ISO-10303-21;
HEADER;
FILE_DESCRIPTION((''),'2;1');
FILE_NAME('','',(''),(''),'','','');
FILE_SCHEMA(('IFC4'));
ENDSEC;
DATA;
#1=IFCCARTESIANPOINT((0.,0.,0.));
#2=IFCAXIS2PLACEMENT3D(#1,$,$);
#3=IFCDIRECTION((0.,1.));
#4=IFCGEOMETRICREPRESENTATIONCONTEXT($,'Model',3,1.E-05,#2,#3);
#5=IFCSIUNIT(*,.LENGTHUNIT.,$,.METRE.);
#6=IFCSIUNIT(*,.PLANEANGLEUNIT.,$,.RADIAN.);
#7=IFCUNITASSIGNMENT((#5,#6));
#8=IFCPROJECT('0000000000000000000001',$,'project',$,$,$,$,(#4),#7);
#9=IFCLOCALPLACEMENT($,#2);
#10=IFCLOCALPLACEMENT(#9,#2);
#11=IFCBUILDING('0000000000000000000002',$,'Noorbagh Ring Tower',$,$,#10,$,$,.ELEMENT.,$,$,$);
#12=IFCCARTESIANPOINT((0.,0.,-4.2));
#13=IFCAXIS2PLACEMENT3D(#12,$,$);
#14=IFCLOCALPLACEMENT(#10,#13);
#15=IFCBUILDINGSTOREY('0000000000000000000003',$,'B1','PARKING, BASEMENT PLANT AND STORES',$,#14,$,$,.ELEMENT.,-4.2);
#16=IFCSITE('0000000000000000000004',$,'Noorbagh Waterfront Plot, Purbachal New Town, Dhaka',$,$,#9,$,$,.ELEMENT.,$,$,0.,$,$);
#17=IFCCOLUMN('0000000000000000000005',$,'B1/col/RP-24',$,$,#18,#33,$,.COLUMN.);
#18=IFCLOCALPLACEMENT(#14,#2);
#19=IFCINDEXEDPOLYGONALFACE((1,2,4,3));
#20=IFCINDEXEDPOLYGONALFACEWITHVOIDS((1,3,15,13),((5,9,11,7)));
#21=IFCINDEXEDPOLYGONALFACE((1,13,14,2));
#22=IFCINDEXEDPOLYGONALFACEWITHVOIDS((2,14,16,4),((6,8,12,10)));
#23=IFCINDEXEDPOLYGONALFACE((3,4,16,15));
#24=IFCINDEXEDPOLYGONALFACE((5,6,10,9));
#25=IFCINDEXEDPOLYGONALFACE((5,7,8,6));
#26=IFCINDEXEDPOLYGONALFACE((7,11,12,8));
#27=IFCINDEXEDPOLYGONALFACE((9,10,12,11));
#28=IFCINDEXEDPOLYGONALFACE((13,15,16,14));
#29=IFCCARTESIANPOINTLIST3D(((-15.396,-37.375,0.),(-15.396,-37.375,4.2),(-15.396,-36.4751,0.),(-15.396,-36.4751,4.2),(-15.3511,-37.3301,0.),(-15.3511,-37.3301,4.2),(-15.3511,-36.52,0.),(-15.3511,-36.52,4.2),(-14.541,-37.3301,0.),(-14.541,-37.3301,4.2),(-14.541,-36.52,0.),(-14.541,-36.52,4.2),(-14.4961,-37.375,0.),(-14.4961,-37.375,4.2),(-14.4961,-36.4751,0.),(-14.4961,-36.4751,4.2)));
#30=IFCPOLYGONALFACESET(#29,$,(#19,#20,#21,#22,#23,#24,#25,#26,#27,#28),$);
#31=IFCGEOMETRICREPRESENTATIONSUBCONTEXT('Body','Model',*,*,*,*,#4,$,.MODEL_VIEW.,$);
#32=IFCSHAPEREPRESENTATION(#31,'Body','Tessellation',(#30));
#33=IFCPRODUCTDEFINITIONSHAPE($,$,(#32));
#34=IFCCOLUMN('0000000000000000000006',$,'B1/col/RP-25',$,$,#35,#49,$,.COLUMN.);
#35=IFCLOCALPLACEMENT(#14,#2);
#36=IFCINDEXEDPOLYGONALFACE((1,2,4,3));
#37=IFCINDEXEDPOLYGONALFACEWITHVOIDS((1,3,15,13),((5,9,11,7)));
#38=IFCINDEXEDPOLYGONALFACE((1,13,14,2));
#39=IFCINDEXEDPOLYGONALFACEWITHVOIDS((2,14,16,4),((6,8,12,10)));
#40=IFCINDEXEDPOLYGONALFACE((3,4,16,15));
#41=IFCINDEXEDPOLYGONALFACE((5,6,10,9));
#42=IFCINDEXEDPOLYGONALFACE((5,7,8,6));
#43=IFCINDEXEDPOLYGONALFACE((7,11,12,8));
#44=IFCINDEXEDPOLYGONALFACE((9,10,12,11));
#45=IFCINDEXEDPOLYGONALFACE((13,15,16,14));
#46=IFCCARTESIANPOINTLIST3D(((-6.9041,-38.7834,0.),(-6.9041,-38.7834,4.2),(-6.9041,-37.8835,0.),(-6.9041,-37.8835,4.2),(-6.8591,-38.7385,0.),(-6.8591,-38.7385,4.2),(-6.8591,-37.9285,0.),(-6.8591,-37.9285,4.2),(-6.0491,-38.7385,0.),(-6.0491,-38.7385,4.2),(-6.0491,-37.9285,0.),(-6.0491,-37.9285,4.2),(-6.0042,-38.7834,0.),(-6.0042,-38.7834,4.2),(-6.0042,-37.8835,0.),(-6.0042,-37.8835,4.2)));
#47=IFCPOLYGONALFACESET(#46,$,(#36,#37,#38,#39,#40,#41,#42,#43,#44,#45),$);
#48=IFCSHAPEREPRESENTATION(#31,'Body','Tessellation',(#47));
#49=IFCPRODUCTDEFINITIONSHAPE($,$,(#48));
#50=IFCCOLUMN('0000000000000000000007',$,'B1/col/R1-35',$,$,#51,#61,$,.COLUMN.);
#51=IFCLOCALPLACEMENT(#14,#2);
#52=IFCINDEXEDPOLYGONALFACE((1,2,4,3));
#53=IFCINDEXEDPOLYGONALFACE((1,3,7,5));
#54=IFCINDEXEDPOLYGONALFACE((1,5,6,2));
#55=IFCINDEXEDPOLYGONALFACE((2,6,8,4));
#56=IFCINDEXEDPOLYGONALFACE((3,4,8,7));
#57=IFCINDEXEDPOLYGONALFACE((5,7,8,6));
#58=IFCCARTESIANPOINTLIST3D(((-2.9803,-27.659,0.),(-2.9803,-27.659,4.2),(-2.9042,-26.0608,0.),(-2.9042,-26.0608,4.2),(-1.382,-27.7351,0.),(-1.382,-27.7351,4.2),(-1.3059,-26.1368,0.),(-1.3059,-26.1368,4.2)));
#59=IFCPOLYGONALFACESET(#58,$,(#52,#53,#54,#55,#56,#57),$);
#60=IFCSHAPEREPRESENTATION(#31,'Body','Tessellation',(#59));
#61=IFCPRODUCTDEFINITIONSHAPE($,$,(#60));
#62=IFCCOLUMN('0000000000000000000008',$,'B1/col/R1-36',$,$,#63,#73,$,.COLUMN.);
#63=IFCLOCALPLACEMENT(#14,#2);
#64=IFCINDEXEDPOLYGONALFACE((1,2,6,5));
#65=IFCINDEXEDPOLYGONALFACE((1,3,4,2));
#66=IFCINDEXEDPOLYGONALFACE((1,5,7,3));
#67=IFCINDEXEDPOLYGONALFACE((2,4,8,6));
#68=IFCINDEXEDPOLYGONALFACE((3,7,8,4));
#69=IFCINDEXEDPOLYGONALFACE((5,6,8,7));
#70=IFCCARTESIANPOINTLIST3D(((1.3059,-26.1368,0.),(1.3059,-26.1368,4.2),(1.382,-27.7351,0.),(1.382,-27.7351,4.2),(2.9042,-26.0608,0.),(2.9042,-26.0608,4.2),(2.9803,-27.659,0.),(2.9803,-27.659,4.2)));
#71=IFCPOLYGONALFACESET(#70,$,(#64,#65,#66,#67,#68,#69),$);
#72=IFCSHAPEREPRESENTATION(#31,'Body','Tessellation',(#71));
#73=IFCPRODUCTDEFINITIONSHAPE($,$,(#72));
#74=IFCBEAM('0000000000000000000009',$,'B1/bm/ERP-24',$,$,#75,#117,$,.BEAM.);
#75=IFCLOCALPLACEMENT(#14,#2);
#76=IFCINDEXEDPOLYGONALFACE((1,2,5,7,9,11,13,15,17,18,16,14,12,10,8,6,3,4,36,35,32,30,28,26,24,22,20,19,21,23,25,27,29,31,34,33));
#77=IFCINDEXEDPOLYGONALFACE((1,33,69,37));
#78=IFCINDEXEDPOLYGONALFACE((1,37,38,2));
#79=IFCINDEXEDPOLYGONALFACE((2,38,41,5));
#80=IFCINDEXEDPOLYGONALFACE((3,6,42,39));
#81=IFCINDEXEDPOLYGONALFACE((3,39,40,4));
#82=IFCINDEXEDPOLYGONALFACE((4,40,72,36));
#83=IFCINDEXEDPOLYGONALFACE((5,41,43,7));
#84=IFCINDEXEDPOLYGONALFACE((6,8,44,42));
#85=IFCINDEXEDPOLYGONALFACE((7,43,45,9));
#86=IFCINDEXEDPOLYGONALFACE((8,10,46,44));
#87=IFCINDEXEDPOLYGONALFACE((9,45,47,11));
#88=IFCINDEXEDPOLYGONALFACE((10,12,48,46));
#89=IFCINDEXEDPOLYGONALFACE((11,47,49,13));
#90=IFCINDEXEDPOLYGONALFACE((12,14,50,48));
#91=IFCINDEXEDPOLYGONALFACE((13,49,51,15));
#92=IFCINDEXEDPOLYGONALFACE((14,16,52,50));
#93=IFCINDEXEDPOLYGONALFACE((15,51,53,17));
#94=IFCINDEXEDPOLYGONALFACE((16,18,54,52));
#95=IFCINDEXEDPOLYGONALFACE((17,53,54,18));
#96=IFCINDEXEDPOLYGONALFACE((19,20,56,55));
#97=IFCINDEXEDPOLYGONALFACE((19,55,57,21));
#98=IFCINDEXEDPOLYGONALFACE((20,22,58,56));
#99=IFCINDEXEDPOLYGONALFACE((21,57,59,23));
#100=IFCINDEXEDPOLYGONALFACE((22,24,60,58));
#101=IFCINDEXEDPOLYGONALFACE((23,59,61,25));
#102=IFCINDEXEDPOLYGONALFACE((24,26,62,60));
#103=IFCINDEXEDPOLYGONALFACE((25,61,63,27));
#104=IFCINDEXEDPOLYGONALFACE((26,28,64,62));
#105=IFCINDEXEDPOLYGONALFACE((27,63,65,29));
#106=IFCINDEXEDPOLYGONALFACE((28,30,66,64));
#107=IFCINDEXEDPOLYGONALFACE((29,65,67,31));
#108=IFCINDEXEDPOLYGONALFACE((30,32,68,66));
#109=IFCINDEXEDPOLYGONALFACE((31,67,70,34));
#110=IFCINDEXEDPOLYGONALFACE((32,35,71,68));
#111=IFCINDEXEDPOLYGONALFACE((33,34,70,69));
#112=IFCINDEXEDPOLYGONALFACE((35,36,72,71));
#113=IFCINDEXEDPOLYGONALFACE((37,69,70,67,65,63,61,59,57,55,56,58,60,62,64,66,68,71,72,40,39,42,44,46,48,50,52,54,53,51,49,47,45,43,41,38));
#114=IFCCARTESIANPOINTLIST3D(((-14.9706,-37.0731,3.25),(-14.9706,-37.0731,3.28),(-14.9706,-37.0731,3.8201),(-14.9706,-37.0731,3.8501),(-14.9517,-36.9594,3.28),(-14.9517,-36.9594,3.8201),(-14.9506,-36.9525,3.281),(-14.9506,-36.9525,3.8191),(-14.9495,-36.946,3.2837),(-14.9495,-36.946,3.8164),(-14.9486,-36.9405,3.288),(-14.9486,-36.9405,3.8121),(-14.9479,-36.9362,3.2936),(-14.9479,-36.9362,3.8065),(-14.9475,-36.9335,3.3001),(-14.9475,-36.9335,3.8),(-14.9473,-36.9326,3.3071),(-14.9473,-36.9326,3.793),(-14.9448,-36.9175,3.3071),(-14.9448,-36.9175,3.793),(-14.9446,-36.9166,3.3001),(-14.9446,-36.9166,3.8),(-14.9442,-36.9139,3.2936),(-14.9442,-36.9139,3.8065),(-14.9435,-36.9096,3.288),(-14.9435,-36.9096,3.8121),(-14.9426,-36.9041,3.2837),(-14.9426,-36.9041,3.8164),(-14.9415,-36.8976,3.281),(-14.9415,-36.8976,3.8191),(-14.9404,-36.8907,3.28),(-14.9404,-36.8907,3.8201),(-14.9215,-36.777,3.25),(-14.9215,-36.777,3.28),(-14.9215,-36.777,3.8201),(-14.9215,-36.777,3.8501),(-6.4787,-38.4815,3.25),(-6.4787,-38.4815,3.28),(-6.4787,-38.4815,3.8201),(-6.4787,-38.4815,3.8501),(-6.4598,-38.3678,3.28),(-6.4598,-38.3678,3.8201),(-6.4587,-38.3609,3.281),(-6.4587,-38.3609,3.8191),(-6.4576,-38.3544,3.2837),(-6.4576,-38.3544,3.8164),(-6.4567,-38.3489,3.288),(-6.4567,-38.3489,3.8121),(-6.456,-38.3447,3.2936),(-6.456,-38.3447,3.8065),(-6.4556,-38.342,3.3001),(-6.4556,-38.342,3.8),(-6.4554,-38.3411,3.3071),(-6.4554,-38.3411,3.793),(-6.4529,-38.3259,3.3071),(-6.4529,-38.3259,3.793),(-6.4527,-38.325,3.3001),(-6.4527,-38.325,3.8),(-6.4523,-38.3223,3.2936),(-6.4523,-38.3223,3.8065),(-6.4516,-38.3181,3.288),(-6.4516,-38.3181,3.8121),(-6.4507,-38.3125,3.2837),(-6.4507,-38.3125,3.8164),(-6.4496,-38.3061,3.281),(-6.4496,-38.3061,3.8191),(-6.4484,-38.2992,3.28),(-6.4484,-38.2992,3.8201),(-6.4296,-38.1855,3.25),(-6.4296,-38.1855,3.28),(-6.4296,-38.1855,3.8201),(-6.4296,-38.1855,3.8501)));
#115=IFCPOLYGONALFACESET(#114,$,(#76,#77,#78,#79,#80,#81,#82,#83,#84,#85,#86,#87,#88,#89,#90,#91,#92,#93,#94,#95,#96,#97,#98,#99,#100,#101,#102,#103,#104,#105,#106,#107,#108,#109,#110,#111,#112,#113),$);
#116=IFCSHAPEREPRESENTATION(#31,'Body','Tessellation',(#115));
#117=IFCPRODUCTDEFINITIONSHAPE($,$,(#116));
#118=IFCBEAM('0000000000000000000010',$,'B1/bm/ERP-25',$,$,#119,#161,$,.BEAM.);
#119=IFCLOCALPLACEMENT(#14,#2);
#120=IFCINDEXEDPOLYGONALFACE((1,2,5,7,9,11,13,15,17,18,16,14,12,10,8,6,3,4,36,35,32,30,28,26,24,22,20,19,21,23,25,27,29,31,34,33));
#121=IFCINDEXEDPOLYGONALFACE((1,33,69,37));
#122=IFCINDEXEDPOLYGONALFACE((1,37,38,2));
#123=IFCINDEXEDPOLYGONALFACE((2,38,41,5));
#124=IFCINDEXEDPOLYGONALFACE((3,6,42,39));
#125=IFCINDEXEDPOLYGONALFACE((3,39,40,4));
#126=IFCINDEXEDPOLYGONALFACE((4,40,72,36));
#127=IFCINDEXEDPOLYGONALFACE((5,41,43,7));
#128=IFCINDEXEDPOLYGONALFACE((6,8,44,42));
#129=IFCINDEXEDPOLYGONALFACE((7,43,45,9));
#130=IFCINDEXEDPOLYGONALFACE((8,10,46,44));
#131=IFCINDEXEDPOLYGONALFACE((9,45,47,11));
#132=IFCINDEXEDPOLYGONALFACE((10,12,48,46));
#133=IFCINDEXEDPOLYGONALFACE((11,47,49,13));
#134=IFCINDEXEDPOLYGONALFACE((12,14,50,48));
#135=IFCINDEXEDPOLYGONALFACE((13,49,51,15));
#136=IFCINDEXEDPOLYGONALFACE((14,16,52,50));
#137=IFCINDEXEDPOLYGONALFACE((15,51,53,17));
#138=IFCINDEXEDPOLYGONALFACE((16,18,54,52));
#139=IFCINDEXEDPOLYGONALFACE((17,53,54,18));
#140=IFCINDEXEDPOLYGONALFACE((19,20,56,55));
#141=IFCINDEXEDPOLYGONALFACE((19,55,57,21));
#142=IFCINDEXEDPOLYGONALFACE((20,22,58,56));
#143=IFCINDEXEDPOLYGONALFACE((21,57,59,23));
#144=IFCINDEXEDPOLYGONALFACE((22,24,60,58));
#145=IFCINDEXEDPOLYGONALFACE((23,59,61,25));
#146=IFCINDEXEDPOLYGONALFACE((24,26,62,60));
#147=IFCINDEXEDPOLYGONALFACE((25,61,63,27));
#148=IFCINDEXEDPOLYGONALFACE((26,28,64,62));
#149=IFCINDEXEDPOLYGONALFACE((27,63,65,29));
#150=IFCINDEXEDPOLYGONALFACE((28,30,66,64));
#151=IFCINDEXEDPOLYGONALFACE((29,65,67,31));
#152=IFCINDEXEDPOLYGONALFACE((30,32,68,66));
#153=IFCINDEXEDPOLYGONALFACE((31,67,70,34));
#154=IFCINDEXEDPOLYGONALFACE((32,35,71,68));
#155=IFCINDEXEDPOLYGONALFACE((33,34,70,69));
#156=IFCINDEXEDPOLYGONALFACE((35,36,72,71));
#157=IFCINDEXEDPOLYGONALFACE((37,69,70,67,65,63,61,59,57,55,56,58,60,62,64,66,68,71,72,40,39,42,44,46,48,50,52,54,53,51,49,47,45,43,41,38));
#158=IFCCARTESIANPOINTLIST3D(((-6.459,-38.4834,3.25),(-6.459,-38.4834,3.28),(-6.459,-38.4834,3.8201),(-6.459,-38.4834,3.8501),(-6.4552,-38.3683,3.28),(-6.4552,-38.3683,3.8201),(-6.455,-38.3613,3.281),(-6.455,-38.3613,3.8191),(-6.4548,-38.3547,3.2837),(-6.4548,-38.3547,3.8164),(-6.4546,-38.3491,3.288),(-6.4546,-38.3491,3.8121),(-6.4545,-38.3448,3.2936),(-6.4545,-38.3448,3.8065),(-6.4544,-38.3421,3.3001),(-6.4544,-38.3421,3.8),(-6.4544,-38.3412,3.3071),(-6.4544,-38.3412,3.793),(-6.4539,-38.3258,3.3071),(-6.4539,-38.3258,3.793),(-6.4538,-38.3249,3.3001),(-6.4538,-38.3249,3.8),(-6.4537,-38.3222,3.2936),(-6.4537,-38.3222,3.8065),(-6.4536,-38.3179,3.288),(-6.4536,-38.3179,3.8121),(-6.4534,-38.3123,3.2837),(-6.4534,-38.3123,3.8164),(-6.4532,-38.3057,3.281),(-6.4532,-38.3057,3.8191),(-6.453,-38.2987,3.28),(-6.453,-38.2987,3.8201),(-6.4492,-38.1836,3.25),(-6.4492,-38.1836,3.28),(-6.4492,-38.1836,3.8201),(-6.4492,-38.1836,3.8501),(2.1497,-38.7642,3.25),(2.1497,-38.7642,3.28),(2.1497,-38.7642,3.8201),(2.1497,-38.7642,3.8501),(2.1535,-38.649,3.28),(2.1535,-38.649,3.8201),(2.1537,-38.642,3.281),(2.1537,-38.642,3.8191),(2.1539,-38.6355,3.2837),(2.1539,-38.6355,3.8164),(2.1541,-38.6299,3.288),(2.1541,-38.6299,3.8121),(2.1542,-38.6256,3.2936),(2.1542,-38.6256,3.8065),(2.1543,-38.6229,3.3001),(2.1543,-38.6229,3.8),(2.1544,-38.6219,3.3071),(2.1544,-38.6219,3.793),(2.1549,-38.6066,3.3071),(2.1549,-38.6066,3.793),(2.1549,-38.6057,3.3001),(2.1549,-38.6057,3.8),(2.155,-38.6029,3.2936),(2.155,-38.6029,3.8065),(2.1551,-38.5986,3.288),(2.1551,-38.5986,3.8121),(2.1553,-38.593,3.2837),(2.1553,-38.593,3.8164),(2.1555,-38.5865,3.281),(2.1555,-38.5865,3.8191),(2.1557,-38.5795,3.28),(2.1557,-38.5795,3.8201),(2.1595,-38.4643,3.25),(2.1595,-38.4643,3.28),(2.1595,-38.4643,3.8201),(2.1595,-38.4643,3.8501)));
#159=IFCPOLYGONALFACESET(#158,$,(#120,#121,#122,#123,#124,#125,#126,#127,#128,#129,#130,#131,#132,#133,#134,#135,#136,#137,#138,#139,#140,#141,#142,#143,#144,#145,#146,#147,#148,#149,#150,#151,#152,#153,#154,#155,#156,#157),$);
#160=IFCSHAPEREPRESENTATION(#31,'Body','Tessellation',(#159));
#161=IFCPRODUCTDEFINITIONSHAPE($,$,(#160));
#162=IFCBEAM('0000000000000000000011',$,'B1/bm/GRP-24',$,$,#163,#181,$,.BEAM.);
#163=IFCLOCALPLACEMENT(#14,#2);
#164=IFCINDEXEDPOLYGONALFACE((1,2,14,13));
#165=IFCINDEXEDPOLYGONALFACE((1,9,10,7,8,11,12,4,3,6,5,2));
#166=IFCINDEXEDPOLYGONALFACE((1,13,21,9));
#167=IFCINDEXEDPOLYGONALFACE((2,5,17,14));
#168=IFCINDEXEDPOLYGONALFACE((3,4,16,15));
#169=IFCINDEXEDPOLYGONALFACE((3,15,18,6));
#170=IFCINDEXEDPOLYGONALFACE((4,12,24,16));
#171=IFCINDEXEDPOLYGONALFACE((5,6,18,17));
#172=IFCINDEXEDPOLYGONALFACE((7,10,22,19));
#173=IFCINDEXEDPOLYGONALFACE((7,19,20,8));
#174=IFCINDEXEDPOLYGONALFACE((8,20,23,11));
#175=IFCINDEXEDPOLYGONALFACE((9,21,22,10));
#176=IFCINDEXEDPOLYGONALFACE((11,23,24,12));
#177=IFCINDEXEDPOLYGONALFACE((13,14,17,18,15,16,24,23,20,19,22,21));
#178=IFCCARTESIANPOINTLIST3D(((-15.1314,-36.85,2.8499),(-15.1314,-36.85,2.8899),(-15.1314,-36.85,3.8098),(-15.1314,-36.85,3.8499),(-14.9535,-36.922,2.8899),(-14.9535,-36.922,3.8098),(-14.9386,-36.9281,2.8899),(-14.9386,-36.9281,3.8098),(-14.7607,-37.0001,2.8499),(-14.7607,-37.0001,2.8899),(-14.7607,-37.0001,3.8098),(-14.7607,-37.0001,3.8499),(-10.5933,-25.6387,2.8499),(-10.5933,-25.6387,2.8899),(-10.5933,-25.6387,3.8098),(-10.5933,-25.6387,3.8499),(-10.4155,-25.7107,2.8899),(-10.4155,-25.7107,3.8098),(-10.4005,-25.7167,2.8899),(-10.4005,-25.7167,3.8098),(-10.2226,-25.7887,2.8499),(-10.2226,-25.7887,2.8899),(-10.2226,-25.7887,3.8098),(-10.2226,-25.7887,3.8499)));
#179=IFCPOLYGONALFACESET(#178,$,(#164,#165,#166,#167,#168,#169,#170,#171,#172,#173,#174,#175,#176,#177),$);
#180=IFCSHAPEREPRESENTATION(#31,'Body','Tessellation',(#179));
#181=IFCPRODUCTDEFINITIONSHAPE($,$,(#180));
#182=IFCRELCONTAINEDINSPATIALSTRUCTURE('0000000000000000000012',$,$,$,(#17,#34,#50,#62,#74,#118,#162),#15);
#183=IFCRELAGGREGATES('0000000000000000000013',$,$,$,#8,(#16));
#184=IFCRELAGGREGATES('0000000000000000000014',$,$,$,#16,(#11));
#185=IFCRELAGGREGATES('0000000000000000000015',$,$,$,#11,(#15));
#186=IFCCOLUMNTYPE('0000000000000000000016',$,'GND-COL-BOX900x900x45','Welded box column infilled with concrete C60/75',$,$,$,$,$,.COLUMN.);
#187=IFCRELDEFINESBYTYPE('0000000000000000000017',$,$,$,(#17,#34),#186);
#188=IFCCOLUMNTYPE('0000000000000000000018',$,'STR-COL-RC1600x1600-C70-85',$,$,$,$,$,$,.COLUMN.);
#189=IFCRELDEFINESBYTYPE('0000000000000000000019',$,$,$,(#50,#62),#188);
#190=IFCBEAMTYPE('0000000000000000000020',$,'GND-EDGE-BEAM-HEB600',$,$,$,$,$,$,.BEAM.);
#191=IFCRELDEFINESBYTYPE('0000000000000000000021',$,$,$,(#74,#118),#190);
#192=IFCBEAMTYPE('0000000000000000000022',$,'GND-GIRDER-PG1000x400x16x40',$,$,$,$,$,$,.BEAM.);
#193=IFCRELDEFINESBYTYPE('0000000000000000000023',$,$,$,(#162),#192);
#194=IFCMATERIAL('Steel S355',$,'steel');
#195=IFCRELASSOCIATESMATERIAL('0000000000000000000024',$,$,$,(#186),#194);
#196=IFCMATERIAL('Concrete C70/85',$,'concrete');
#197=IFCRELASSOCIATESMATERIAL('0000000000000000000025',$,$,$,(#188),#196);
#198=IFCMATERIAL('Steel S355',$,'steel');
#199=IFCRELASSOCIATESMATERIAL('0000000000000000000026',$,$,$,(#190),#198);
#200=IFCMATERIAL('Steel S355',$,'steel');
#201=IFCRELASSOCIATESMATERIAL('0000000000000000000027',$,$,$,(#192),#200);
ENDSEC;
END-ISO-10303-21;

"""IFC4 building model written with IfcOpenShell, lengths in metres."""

from ifc_helpers import new_model, si_unit, direction, frame, origin, origin_2d, place, context, subcontext, project, spatial, rectangle, hollow_rectangle, i_section, extrude, material, material_profile, profile_set, type_object, element, save


model = new_model("IFC4")

# Units and contexts
model_context = context("Model", 3, precision=1e-05, world=origin(), true_north=direction((0.0, 1.0)))
body_context = subcontext(model_context, "Body", "Model", "MODEL_VIEW")
ifc_project = project(units=[si_unit("LENGTHUNIT", "METRE"), si_unit("PLANEANGLEUNIT", "RADIAN")], contexts=[model_context])

# Site, building, storey
site_placement = place(None, origin())
site = spatial("IfcSite", under=ifc_project, at=site_placement, Name="Noorbagh Waterfront Plot, Purbachal New Town, Dhaka", CompositionType="ELEMENT", RefElevation=0.0)
building_placement = place(site_placement, origin())
building = spatial("IfcBuilding", under=site, at=building_placement, Name="Noorbagh Ring Tower", CompositionType="ELEMENT")
storey_placement = place(building_placement, frame((0.0, 0.0, -4.2)))
storey = spatial("IfcBuildingStorey", under=building, at=storey_placement, Name="B1", Description="PARKING, BASEMENT PLANT AND STORES", CompositionType="ELEMENT", Elevation=-4.2)

# Columns
ifc_material_1 = material(Name="Steel S355", Category="steel")
ifc_material_profile_1 = material_profile(ifc_material_1, hollow_rectangle(XDim=0.8999, YDim=0.8999, WallThickness=0.0449, at=origin_2d()), Name="BOX900x900x45")
ifc_profile_set_1 = profile_set([ifc_material_profile_1], Name="Steel S355")
column_type_1 = type_object("IfcColumnType", Name="GND-COL-BOX900x900x45", Description="Welded box column infilled with concrete C60/75", PredefinedType="COLUMN", material=ifc_profile_set_1)
for number, where, z_axis, x_axis, name in (
    (1, (-14.946, -36.925, 0.0), (0.0, 0.0, 1.0), (1.0, 0.0, 0.0), "B1/col/RP-24"),
    (2, (-6.4541, -38.3335, 0.0), (0.0, 0.0, 1.0), (1.0, 0.0, 0.0), "B1/col/RP-25"),
):
    element("IfcColumn", number, at=place(storey_placement, frame(where, z_axis=z_axis, x_axis=x_axis)), inside=storey, type_object=column_type_1, Name=name, PredefinedType="COLUMN", context=body_context, shape_type="SweptSolid", body=[
        extrude(hollow_rectangle(XDim=0.8999, YDim=0.8999, WallThickness=0.0449, at=origin_2d()), origin(), (0.0, 0.0, 1.0), 4.2),
    ])
ifc_material_2 = material(Name="Concrete C70/85", Category="concrete")
ifc_material_profile_2 = material_profile(ifc_material_2, rectangle(XDim=1.6001, YDim=1.6001, at=origin_2d()), Name="RC1600x1600")
ifc_profile_set_2 = profile_set([ifc_material_profile_2], Name="Concrete C70/85")
column_type_2 = type_object("IfcColumnType", Name="STR-COL-RC1600x1600-C70-85", PredefinedType="COLUMN", material=ifc_profile_set_2)
for number, where, z_axis, x_axis, name in (
    (3, (-2.1431, -26.8979, 0.0), (0.0, 0.0, 1.0), (0.998869, -0.047553, 0.0), "B1/col/R1-35"),
    (4, (2.1431, -26.8979, 0.0), (0.0, 0.0, 1.0), (0.998869, 0.047553, 0.0), "B1/col/R1-36"),
):
    element("IfcColumn", number, at=place(storey_placement, frame(where, z_axis=z_axis, x_axis=x_axis)), inside=storey, type_object=column_type_2, Name=name, PredefinedType="COLUMN", context=body_context, shape_type="SweptSolid", body=[
        extrude(rectangle(XDim=1.6001, YDim=1.6001, at=origin_2d()), origin(), (0.0, 0.0, 1.0), 4.2),
    ])

# Beams
ifc_material_3 = material(Name="Steel S355", Category="steel")
ifc_material_profile_3 = material_profile(ifc_material_3, i_section(OverallWidth=0.3, OverallDepth=0.6001, WebThickness=0.0154, FlangeThickness=0.03, FilletRadius=0.0271, at=origin_2d()), Name="HEB600")
ifc_profile_set_3 = profile_set([ifc_material_profile_3], Name="Steel S355")
beam_type_1 = type_object("IfcBeamType", Name="GND-EDGE-BEAM-HEB600", PredefinedType="BEAM", material=ifc_profile_set_3)
beam_1_placement = place(storey_placement, frame((-14.946, -36.925, 3.55), z_axis=(0.986523, -0.163622, 0.0), x_axis=(0.163622, 0.986523, 0.0)))
element("IfcBeam", 5, at=beam_1_placement, inside=storey, type_object=beam_type_1, Name="B1/bm/ERP-24", PredefinedType="BEAM", context=body_context, shape_type="SweptSolid", body=[
    extrude(i_section(OverallWidth=0.3, OverallDepth=0.6001, WebThickness=0.0154, FlangeThickness=0.03, FilletRadius=0.0271, at=origin_2d()), origin(), (0.0, 0.0, 1.0), 8.6079),
])
beam_2_placement = place(storey_placement, frame((-6.4541, -38.3335, 3.55), z_axis=(0.999469, -0.032597, 0.0), x_axis=(0.032597, 0.999469, 0.0)))
element("IfcBeam", 6, at=beam_2_placement, inside=storey, type_object=beam_type_1, Name="B1/bm/ERP-25", PredefinedType="BEAM", context=body_context, shape_type="SweptSolid", body=[
    extrude(i_section(OverallWidth=0.3, OverallDepth=0.6001, WebThickness=0.0154, FlangeThickness=0.03, FilletRadius=0.0271, at=origin_2d()), origin(), (0.0, 0.0, 1.0), 8.6133),
])
ifc_material_4 = material(Name="Steel S355", Category="steel")
ifc_material_profile_4 = material_profile(ifc_material_4, i_section(OverallWidth=0.3999, OverallDepth=1.0, WebThickness=0.0161, FlangeThickness=0.04, at=origin_2d()), Name="PG1000x400x16x40")
ifc_profile_set_4 = profile_set([ifc_material_profile_4], Name="Steel S355")
beam_type_2 = type_object("IfcBeamType", Name="GND-GIRDER-PG1000x400x16x40", PredefinedType="BEAM", material=ifc_profile_set_4)
beam_3_placement = place(storey_placement, frame((-14.946, -36.925, 3.3499), z_axis=(0.375202, 0.926943, 0.0), x_axis=(-0.926943, 0.375202, 0.0)))
element("IfcBeam", 7, at=beam_3_placement, inside=storey, type_object=beam_type_2, Name="B1/bm/GRP-24", PredefinedType="BEAM", context=body_context, shape_type="SweptSolid", body=[
    extrude(i_section(OverallWidth=0.3999, OverallDepth=1.0, WebThickness=0.0161, FlangeThickness=0.04, at=origin_2d()), origin(), (0.0, 0.0, 1.0), 12.095),
])

save(model, "model.ifc")
